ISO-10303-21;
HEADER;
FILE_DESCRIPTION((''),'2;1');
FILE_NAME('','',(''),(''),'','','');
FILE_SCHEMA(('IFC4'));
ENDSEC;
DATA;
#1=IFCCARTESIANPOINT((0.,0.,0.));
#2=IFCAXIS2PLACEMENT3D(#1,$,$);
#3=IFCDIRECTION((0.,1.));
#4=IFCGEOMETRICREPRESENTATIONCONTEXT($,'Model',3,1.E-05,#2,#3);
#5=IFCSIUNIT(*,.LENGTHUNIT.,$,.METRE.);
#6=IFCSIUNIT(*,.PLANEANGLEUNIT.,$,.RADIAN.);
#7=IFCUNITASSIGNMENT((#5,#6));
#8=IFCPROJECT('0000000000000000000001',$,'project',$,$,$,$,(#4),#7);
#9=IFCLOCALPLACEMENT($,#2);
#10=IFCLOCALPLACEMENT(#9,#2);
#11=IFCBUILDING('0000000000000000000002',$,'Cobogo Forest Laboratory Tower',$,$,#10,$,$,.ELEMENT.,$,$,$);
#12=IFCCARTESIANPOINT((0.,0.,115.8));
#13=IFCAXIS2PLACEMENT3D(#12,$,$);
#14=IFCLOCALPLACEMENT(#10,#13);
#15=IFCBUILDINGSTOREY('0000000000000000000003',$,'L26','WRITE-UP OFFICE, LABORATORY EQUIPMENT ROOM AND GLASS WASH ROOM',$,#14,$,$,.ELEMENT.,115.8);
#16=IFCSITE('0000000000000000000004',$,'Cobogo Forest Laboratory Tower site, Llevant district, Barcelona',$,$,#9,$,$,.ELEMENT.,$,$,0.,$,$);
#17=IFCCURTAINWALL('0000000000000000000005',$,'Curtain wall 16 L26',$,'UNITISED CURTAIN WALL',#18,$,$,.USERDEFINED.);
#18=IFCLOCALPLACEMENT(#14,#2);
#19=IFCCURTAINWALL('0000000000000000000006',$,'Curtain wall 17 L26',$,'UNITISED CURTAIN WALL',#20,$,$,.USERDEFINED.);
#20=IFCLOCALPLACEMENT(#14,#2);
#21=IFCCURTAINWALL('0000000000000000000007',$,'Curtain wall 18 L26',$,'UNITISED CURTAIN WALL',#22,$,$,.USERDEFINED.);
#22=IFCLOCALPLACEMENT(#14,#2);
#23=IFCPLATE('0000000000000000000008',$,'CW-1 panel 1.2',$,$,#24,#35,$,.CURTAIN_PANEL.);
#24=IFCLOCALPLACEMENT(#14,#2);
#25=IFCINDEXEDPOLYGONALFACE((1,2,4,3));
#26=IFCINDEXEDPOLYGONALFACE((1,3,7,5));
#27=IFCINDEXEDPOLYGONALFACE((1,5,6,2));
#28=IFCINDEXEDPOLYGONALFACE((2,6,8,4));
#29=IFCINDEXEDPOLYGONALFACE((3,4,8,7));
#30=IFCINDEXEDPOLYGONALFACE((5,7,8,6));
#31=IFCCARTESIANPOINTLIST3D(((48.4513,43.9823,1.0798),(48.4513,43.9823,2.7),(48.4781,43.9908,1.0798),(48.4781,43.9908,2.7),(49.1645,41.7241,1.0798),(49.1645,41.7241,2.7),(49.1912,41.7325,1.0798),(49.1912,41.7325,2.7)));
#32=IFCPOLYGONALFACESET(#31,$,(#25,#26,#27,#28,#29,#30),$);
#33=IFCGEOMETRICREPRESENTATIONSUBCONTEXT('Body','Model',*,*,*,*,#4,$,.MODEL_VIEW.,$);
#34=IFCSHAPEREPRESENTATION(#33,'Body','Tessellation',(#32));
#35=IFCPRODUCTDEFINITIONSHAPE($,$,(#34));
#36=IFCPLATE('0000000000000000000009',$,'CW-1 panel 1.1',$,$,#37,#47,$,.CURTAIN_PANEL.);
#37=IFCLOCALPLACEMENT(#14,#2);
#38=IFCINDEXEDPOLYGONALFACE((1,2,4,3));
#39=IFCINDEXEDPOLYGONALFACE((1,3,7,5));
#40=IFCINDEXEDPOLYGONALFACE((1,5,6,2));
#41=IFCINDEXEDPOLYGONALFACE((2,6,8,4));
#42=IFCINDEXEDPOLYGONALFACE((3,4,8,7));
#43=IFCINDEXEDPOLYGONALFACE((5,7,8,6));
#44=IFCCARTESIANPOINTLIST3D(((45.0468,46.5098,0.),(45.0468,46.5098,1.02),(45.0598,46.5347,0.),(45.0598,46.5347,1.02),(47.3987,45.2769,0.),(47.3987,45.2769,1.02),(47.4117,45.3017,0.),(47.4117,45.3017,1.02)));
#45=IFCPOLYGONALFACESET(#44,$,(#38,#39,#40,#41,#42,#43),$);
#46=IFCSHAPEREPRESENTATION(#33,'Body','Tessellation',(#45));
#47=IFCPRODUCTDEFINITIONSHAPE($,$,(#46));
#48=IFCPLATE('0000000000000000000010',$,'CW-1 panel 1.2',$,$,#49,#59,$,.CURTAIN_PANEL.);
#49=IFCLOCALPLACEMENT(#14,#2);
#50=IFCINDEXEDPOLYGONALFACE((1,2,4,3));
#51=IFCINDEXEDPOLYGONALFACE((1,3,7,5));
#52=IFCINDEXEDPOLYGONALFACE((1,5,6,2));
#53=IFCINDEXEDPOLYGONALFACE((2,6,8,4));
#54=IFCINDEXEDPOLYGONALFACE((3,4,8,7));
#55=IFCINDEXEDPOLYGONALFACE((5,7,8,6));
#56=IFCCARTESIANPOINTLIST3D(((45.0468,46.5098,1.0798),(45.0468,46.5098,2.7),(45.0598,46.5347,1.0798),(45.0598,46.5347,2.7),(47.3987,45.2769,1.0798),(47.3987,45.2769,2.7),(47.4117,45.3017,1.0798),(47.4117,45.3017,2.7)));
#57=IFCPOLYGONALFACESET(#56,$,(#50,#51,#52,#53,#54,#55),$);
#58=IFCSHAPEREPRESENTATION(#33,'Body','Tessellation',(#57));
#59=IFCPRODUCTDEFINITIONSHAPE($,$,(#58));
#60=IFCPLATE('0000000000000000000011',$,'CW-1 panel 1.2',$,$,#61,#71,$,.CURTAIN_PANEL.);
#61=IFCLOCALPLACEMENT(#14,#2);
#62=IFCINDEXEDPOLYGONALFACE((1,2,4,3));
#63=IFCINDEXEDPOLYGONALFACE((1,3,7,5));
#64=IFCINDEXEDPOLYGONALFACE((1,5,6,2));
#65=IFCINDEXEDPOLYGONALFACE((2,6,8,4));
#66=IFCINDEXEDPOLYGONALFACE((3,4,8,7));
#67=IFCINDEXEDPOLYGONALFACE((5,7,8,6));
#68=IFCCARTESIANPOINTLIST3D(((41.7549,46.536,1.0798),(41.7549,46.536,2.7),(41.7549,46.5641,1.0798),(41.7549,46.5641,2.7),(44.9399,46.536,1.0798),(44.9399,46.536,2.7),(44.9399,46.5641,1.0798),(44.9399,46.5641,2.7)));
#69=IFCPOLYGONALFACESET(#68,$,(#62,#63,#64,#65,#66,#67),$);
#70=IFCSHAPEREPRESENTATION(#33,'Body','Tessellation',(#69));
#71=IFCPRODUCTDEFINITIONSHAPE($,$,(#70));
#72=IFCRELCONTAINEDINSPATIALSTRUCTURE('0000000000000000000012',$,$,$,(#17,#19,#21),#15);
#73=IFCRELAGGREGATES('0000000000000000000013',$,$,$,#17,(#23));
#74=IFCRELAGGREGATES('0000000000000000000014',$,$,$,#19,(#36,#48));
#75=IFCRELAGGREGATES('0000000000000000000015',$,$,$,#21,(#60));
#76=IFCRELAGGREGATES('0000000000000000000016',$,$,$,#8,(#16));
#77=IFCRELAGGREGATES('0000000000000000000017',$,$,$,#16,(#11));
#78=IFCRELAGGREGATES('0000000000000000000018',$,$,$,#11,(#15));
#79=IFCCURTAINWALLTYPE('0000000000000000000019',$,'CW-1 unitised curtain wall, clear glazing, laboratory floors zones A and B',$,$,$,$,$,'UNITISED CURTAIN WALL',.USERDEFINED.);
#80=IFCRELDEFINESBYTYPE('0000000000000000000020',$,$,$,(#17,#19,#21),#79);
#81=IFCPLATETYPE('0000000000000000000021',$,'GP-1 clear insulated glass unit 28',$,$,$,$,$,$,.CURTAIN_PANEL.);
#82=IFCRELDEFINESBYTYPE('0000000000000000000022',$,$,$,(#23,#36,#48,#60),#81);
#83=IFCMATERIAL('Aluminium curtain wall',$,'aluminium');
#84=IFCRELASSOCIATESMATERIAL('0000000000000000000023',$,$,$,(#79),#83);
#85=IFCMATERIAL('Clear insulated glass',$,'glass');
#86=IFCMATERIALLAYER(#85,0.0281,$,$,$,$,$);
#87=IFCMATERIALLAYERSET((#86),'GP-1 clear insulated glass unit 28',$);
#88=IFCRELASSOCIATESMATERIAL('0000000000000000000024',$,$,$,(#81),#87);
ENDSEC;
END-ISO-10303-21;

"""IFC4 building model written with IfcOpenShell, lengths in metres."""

from ifc_helpers import new_model, si_unit, direction, frame, origin, origin_2d, place, context, subcontext, project, spatial, rectangle, extrude, material, layer, layer_set, type_object, element, aggregate, save


model = new_model("IFC4")

# Units and contexts
model_context = context("Model", 3, precision=1e-05, world=origin(), true_north=direction((0.0, 1.0)))
body_context = subcontext(model_context, "Body", "Model", "MODEL_VIEW")
ifc_project = project(units=[si_unit("LENGTHUNIT", "METRE"), si_unit("PLANEANGLEUNIT", "RADIAN")], contexts=[model_context])

# Site, building, storey
site_placement = place(None, origin())
site = spatial("IfcSite", under=ifc_project, at=site_placement, Name="Cobogo Forest Laboratory Tower site, Llevant district, Barcelona", CompositionType="ELEMENT", RefElevation=0.0)
building_placement = place(site_placement, origin())
building = spatial("IfcBuilding", under=site, at=building_placement, Name="Cobogo Forest Laboratory Tower", CompositionType="ELEMENT")
storey_placement = place(building_placement, frame((0.0, 0.0, 115.8)))
storey = spatial("IfcBuildingStorey", under=building, at=storey_placement, Name="L26", Description="WRITE-UP OFFICE, LABORATORY EQUIPMENT ROOM AND GLASS WASH ROOM", CompositionType="ELEMENT", Elevation=115.8)

# Shared definitions
ifc_material_1 = material(Name="Aluminium curtain wall", Category="aluminium")
curtain_wall_type = type_object("IfcCurtainWallType", Name="CW-1 unitised curtain wall, clear glazing, laboratory floors zones A and B", ElementType="UNITISED CURTAIN WALL", PredefinedType="USERDEFINED", material=ifc_material_1)

# Curtain walls
curtain_wall_1_placement = place(storey_placement, origin())
curtain_wall_1 = element("IfcCurtainWall", 1, at=curtain_wall_1_placement, inside=storey, type_object=curtain_wall_type, Name="Curtain wall 16 L26", ObjectType="UNITISED CURTAIN WALL", PredefinedType="USERDEFINED")
curtain_wall_2_placement = place(storey_placement, origin())
curtain_wall_2 = element("IfcCurtainWall", 2, at=curtain_wall_2_placement, inside=storey, type_object=curtain_wall_type, Name="Curtain wall 17 L26", ObjectType="UNITISED CURTAIN WALL", PredefinedType="USERDEFINED")

# Curtain wall
curtain_wall_3_placement = place(storey_placement, origin())
curtain_wall_3 = element("IfcCurtainWall", 3, at=curtain_wall_3_placement, inside=storey, type_object=curtain_wall_type, Name="Curtain wall 18 L26", ObjectType="UNITISED CURTAIN WALL", PredefinedType="USERDEFINED")

# Plates
ifc_material_2 = material(Name="Clear insulated glass", Category="glass")
ifc_layer = layer(ifc_material_2, 0.0281)
ifc_layer_set = layer_set([ifc_layer], Name="GP-1 clear insulated glass unit 28")
plate_type = type_object("IfcPlateType", Name="GP-1 clear insulated glass unit 28", PredefinedType="CURTAIN_PANEL", material=ifc_layer_set)
plate_1_placement = place(storey_placement, frame((48.8213, 42.8574, 1.0798), z_axis=(0.0, 0.0, 1.0), x_axis=(-0.301135, 0.953581, 0.0)))
plate_1 = element("IfcPlate", 4, at=plate_1_placement, type_object=plate_type, Name="CW-1 panel 1.2", PredefinedType="CURTAIN_PANEL", context=body_context, shape_type="SweptSolid", body=[
    extrude(rectangle(XDim=2.3682, YDim=0.0281, at=origin_2d()), origin(), (0.0, 0.0, 1.0), 1.6201),
])
aggregate(curtain_wall_1, [plate_1])
plate_2_placement = place(storey_placement, frame((46.2292, 45.9058, 0.0), z_axis=(0.0, 0.0, 1.0), x_axis=(-0.885687, 0.464284, 0.0)))
plate_2 = element("IfcPlate", 5, at=plate_2_placement, type_object=plate_type, Name="CW-1 panel 1.1", PredefinedType="CURTAIN_PANEL", context=body_context, shape_type="SweptSolid", body=[
    extrude(rectangle(XDim=2.6555, YDim=0.0281, at=origin_2d()), origin(), (0.0, 0.0, 1.0), 1.02),
])
plate_3_placement = place(storey_placement, frame((46.2292, 45.9058, 1.0798), z_axis=(0.0, 0.0, 1.0), x_axis=(-0.885687, 0.464284, 0.0)))
plate_3 = element("IfcPlate", 6, at=plate_3_placement, type_object=plate_type, Name="CW-1 panel 1.2", PredefinedType="CURTAIN_PANEL", context=body_context, shape_type="SweptSolid", body=[
    extrude(rectangle(XDim=2.6555, YDim=0.0281, at=origin_2d()), origin(), (0.0, 0.0, 1.0), 1.6201),
])
aggregate(curtain_wall_2, [plate_2, plate_3])
plate_4_placement = place(storey_placement, frame((43.3474, 46.55, 1.0798), z_axis=(0.0, 0.0, 1.0), x_axis=(-1.0, 0.0, 0.0)))
plate_4 = element("IfcPlate", 7, at=plate_4_placement, type_object=plate_type, Name="CW-1 panel 1.2", PredefinedType="CURTAIN_PANEL", context=body_context, shape_type="SweptSolid", body=[
    extrude(rectangle(XDim=3.1851, YDim=0.0281, at=origin_2d()), origin(), (0.0, 0.0, 1.0), 1.6201),
])
aggregate(curtain_wall_3, [plate_4])

save(model, "model.ifc")
